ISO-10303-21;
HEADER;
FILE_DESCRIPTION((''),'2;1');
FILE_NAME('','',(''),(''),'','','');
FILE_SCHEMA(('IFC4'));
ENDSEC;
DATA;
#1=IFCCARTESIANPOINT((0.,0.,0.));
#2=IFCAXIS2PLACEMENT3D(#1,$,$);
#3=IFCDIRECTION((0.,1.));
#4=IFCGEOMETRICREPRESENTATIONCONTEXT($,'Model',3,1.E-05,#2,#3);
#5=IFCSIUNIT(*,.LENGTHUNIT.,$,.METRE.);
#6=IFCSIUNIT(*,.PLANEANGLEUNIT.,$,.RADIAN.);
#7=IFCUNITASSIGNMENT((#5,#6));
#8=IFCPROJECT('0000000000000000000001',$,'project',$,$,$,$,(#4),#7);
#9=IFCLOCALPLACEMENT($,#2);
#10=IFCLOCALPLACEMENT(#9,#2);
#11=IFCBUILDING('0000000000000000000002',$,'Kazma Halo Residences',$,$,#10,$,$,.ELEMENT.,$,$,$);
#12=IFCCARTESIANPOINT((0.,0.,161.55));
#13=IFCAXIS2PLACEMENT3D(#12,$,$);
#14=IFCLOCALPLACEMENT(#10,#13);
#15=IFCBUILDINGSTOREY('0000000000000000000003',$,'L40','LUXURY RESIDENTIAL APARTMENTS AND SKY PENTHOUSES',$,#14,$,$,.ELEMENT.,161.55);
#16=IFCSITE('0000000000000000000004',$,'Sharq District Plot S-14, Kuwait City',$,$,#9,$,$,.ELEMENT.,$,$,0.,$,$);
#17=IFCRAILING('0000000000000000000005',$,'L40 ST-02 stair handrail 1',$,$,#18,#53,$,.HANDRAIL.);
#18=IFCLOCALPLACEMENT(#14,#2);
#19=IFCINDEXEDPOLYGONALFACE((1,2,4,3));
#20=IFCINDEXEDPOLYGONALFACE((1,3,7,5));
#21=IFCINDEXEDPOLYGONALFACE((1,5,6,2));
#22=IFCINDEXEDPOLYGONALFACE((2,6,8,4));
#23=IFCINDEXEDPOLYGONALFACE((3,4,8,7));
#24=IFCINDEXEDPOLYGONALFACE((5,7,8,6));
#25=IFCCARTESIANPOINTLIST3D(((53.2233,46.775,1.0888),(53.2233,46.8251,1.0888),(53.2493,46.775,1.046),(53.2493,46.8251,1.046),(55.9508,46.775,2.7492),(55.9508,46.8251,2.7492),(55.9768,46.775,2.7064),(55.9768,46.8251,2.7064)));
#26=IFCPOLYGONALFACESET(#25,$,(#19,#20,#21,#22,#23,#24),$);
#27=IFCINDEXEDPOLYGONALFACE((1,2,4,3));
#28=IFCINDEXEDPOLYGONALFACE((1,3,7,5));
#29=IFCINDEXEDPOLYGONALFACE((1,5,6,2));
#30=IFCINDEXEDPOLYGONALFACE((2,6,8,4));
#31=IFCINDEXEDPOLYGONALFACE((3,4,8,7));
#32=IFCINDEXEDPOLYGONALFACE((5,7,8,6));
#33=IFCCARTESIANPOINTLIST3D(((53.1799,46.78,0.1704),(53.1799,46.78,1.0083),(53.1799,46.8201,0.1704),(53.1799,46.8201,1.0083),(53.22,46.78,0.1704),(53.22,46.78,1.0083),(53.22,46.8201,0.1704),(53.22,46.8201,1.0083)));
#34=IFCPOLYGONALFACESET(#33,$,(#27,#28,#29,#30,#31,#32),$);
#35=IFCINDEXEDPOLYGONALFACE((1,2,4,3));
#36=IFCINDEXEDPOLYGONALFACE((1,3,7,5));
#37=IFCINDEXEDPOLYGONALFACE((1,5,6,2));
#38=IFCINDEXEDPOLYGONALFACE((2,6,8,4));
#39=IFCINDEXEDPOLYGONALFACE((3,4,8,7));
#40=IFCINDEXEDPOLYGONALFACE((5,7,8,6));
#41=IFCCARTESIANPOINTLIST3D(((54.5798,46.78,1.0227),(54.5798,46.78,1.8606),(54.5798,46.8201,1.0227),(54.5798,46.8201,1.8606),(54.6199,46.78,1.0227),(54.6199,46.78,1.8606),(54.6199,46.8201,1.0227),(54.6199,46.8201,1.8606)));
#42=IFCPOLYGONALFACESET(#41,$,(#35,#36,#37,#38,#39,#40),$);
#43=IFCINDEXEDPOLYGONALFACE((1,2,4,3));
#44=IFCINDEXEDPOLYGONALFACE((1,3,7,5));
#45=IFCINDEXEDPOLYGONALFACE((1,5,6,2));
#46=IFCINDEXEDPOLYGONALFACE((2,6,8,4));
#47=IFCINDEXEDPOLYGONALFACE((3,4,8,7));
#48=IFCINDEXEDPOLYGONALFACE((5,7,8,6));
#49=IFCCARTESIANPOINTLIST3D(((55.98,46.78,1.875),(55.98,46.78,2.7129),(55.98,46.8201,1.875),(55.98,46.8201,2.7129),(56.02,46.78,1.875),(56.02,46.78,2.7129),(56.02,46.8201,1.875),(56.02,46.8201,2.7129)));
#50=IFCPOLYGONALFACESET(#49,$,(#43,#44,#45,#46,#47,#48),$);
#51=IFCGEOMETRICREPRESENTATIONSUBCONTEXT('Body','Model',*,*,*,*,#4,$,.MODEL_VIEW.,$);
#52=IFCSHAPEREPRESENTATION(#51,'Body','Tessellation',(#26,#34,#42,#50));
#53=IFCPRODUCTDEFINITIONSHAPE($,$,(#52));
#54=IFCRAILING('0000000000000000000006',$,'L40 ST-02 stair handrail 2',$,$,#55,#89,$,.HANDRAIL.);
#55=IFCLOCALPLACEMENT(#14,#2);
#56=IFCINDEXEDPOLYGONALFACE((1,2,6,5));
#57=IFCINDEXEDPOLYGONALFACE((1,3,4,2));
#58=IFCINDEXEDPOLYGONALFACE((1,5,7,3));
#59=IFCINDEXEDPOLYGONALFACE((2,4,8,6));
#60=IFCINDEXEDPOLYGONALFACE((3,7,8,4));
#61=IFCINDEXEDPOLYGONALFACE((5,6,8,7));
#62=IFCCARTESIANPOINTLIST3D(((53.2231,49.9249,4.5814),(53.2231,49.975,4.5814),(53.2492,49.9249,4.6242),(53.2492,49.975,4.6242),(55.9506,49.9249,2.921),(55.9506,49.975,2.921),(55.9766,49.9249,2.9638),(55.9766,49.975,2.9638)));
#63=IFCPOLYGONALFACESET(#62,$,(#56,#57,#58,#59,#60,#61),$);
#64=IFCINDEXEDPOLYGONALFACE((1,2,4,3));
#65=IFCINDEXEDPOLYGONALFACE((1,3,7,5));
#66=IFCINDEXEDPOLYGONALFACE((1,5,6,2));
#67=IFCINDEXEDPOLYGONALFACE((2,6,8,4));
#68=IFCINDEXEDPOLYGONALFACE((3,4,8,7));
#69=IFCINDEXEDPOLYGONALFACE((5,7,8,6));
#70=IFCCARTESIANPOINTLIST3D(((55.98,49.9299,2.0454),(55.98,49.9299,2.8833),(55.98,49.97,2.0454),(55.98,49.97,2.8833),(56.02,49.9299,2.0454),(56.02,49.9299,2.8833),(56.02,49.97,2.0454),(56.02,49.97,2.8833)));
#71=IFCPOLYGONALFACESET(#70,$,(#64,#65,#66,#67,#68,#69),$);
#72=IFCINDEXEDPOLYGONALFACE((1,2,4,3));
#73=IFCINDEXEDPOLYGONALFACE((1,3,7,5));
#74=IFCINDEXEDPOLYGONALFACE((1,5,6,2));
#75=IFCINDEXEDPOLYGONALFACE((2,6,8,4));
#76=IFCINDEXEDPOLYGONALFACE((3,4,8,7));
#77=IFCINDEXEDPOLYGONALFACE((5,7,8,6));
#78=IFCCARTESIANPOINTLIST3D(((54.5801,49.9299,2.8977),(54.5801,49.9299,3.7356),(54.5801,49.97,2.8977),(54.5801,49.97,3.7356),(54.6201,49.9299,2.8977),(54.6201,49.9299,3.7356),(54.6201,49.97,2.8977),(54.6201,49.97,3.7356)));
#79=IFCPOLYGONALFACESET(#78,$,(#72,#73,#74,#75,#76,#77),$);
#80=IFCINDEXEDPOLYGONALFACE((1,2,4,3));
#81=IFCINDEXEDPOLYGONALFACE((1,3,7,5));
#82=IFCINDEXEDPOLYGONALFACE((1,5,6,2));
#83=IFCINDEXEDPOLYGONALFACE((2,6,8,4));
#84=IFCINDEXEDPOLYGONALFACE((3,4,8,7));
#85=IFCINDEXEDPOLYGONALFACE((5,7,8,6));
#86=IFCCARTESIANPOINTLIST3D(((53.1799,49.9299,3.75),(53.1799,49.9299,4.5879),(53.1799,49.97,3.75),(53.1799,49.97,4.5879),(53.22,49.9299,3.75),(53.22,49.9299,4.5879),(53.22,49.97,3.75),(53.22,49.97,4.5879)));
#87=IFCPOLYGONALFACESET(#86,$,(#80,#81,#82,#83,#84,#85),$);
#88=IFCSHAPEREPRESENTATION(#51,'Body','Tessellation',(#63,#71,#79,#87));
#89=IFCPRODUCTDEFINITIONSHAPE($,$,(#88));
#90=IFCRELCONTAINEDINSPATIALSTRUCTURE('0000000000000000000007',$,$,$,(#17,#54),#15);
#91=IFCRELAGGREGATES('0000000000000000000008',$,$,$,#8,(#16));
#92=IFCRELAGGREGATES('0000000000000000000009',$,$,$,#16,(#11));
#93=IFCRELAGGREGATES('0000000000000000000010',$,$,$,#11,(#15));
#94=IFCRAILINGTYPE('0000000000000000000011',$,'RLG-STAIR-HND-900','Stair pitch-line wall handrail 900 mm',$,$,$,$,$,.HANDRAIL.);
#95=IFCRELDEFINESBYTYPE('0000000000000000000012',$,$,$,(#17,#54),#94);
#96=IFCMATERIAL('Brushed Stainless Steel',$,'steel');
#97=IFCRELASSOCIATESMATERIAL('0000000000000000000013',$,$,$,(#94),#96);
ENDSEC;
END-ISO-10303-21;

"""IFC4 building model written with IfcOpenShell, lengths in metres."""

from ifc_helpers import new_model, si_unit, direction, frame, origin, origin_2d, place, context, subcontext, project, spatial, rectangle, extrude, material, type_object, element, save


model = new_model("IFC4")

# Units and contexts
model_context = context("Model", 3, precision=1e-05, world=origin(), true_north=direction((0.0, 1.0)))
body_context = subcontext(model_context, "Body", "Model", "MODEL_VIEW")
ifc_project = project(units=[si_unit("LENGTHUNIT", "METRE"), si_unit("PLANEANGLEUNIT", "RADIAN")], contexts=[model_context])

# Site, building, storey
site_placement = place(None, origin())
site = spatial("IfcSite", under=ifc_project, at=site_placement, Name="Sharq District Plot S-14, Kuwait City", CompositionType="ELEMENT", RefElevation=0.0)
building_placement = place(site_placement, origin())
building = spatial("IfcBuilding", under=site, at=building_placement, Name="Kazma Halo Residences", CompositionType="ELEMENT")
storey_placement = place(building_placement, frame((0.0, 0.0, 161.55)))
storey = spatial("IfcBuildingStorey", under=building, at=storey_placement, Name="L40", Description="LUXURY RESIDENTIAL APARTMENTS AND SKY PENTHOUSES", CompositionType="ELEMENT", Elevation=161.55)

# Railings
ifc_material_1 = material(Name="Brushed Stainless Steel", Category="steel")
railing_type_1 = type_object("IfcRailingType", Name="RLG-STAIR-HND-900", Description="Stair pitch-line wall handrail 900 mm", PredefinedType="HANDRAIL", material=ifc_material_1)
railing_1_placement = place(storey_placement, frame((53.2, 46.8, 0.1704)))
element("IfcRailing", 1, at=railing_1_placement, inside=storey, type_object=railing_type_1, Name="L40 ST-02 stair handrail 1", PredefinedType="HANDRAIL", context=body_context, shape_type="SweptSolid", body=[
    extrude(rectangle(XDim=0.05, YDim=0.05, at=origin_2d()), frame((0.0364, 0.0, 0.897), z_axis=(0.85417, 0.0, 0.519994), x_axis=(0.0, 1.0, 0.0)), (0.0, 0.0, 1.0), 3.1931),
    extrude(rectangle(XDim=0.04, YDim=0.04, at=origin_2d()), origin(), (0.0, 0.0, 1.0), 0.8379),
    extrude(rectangle(XDim=0.04, YDim=0.04, at=origin_2d()), frame((1.3999, 0.0, 0.8523)), (0.0, 0.0, 1.0), 0.8379),
    extrude(rectangle(XDim=0.04, YDim=0.04, at=origin_2d()), frame((2.8, 0.0, 1.7046)), (0.0, 0.0, 1.0), 0.8379),
])
railing_2_placement = place(storey_placement, frame((56.0, 49.95, 2.0454)))
element("IfcRailing", 2, at=railing_2_placement, inside=storey, type_object=railing_type_1, Name="L40 ST-02 stair handrail 2", PredefinedType="HANDRAIL", context=body_context, shape_type="SweptSolid", body=[
    extrude(rectangle(XDim=0.05, YDim=0.05, at=origin_2d()), frame((-0.0364, 0.0, 0.897), z_axis=(-0.85417, 0.0, 0.519994), x_axis=(0.0, -1.0, 0.0)), (0.0, 0.0, 1.0), 3.1931),
    extrude(rectangle(XDim=0.04, YDim=0.04, at=origin_2d()), origin(), (0.0, 0.0, 1.0), 0.8379),
    extrude(rectangle(XDim=0.04, YDim=0.04, at=origin_2d()), frame((-1.3999, 0.0, 0.8523)), (0.0, 0.0, 1.0), 0.8379),
    extrude(rectangle(XDim=0.04, YDim=0.04, at=origin_2d()), frame((-2.8, 0.0, 1.7046)), (0.0, 0.0, 1.0), 0.8379),
])

save(model, "model.ifc")
